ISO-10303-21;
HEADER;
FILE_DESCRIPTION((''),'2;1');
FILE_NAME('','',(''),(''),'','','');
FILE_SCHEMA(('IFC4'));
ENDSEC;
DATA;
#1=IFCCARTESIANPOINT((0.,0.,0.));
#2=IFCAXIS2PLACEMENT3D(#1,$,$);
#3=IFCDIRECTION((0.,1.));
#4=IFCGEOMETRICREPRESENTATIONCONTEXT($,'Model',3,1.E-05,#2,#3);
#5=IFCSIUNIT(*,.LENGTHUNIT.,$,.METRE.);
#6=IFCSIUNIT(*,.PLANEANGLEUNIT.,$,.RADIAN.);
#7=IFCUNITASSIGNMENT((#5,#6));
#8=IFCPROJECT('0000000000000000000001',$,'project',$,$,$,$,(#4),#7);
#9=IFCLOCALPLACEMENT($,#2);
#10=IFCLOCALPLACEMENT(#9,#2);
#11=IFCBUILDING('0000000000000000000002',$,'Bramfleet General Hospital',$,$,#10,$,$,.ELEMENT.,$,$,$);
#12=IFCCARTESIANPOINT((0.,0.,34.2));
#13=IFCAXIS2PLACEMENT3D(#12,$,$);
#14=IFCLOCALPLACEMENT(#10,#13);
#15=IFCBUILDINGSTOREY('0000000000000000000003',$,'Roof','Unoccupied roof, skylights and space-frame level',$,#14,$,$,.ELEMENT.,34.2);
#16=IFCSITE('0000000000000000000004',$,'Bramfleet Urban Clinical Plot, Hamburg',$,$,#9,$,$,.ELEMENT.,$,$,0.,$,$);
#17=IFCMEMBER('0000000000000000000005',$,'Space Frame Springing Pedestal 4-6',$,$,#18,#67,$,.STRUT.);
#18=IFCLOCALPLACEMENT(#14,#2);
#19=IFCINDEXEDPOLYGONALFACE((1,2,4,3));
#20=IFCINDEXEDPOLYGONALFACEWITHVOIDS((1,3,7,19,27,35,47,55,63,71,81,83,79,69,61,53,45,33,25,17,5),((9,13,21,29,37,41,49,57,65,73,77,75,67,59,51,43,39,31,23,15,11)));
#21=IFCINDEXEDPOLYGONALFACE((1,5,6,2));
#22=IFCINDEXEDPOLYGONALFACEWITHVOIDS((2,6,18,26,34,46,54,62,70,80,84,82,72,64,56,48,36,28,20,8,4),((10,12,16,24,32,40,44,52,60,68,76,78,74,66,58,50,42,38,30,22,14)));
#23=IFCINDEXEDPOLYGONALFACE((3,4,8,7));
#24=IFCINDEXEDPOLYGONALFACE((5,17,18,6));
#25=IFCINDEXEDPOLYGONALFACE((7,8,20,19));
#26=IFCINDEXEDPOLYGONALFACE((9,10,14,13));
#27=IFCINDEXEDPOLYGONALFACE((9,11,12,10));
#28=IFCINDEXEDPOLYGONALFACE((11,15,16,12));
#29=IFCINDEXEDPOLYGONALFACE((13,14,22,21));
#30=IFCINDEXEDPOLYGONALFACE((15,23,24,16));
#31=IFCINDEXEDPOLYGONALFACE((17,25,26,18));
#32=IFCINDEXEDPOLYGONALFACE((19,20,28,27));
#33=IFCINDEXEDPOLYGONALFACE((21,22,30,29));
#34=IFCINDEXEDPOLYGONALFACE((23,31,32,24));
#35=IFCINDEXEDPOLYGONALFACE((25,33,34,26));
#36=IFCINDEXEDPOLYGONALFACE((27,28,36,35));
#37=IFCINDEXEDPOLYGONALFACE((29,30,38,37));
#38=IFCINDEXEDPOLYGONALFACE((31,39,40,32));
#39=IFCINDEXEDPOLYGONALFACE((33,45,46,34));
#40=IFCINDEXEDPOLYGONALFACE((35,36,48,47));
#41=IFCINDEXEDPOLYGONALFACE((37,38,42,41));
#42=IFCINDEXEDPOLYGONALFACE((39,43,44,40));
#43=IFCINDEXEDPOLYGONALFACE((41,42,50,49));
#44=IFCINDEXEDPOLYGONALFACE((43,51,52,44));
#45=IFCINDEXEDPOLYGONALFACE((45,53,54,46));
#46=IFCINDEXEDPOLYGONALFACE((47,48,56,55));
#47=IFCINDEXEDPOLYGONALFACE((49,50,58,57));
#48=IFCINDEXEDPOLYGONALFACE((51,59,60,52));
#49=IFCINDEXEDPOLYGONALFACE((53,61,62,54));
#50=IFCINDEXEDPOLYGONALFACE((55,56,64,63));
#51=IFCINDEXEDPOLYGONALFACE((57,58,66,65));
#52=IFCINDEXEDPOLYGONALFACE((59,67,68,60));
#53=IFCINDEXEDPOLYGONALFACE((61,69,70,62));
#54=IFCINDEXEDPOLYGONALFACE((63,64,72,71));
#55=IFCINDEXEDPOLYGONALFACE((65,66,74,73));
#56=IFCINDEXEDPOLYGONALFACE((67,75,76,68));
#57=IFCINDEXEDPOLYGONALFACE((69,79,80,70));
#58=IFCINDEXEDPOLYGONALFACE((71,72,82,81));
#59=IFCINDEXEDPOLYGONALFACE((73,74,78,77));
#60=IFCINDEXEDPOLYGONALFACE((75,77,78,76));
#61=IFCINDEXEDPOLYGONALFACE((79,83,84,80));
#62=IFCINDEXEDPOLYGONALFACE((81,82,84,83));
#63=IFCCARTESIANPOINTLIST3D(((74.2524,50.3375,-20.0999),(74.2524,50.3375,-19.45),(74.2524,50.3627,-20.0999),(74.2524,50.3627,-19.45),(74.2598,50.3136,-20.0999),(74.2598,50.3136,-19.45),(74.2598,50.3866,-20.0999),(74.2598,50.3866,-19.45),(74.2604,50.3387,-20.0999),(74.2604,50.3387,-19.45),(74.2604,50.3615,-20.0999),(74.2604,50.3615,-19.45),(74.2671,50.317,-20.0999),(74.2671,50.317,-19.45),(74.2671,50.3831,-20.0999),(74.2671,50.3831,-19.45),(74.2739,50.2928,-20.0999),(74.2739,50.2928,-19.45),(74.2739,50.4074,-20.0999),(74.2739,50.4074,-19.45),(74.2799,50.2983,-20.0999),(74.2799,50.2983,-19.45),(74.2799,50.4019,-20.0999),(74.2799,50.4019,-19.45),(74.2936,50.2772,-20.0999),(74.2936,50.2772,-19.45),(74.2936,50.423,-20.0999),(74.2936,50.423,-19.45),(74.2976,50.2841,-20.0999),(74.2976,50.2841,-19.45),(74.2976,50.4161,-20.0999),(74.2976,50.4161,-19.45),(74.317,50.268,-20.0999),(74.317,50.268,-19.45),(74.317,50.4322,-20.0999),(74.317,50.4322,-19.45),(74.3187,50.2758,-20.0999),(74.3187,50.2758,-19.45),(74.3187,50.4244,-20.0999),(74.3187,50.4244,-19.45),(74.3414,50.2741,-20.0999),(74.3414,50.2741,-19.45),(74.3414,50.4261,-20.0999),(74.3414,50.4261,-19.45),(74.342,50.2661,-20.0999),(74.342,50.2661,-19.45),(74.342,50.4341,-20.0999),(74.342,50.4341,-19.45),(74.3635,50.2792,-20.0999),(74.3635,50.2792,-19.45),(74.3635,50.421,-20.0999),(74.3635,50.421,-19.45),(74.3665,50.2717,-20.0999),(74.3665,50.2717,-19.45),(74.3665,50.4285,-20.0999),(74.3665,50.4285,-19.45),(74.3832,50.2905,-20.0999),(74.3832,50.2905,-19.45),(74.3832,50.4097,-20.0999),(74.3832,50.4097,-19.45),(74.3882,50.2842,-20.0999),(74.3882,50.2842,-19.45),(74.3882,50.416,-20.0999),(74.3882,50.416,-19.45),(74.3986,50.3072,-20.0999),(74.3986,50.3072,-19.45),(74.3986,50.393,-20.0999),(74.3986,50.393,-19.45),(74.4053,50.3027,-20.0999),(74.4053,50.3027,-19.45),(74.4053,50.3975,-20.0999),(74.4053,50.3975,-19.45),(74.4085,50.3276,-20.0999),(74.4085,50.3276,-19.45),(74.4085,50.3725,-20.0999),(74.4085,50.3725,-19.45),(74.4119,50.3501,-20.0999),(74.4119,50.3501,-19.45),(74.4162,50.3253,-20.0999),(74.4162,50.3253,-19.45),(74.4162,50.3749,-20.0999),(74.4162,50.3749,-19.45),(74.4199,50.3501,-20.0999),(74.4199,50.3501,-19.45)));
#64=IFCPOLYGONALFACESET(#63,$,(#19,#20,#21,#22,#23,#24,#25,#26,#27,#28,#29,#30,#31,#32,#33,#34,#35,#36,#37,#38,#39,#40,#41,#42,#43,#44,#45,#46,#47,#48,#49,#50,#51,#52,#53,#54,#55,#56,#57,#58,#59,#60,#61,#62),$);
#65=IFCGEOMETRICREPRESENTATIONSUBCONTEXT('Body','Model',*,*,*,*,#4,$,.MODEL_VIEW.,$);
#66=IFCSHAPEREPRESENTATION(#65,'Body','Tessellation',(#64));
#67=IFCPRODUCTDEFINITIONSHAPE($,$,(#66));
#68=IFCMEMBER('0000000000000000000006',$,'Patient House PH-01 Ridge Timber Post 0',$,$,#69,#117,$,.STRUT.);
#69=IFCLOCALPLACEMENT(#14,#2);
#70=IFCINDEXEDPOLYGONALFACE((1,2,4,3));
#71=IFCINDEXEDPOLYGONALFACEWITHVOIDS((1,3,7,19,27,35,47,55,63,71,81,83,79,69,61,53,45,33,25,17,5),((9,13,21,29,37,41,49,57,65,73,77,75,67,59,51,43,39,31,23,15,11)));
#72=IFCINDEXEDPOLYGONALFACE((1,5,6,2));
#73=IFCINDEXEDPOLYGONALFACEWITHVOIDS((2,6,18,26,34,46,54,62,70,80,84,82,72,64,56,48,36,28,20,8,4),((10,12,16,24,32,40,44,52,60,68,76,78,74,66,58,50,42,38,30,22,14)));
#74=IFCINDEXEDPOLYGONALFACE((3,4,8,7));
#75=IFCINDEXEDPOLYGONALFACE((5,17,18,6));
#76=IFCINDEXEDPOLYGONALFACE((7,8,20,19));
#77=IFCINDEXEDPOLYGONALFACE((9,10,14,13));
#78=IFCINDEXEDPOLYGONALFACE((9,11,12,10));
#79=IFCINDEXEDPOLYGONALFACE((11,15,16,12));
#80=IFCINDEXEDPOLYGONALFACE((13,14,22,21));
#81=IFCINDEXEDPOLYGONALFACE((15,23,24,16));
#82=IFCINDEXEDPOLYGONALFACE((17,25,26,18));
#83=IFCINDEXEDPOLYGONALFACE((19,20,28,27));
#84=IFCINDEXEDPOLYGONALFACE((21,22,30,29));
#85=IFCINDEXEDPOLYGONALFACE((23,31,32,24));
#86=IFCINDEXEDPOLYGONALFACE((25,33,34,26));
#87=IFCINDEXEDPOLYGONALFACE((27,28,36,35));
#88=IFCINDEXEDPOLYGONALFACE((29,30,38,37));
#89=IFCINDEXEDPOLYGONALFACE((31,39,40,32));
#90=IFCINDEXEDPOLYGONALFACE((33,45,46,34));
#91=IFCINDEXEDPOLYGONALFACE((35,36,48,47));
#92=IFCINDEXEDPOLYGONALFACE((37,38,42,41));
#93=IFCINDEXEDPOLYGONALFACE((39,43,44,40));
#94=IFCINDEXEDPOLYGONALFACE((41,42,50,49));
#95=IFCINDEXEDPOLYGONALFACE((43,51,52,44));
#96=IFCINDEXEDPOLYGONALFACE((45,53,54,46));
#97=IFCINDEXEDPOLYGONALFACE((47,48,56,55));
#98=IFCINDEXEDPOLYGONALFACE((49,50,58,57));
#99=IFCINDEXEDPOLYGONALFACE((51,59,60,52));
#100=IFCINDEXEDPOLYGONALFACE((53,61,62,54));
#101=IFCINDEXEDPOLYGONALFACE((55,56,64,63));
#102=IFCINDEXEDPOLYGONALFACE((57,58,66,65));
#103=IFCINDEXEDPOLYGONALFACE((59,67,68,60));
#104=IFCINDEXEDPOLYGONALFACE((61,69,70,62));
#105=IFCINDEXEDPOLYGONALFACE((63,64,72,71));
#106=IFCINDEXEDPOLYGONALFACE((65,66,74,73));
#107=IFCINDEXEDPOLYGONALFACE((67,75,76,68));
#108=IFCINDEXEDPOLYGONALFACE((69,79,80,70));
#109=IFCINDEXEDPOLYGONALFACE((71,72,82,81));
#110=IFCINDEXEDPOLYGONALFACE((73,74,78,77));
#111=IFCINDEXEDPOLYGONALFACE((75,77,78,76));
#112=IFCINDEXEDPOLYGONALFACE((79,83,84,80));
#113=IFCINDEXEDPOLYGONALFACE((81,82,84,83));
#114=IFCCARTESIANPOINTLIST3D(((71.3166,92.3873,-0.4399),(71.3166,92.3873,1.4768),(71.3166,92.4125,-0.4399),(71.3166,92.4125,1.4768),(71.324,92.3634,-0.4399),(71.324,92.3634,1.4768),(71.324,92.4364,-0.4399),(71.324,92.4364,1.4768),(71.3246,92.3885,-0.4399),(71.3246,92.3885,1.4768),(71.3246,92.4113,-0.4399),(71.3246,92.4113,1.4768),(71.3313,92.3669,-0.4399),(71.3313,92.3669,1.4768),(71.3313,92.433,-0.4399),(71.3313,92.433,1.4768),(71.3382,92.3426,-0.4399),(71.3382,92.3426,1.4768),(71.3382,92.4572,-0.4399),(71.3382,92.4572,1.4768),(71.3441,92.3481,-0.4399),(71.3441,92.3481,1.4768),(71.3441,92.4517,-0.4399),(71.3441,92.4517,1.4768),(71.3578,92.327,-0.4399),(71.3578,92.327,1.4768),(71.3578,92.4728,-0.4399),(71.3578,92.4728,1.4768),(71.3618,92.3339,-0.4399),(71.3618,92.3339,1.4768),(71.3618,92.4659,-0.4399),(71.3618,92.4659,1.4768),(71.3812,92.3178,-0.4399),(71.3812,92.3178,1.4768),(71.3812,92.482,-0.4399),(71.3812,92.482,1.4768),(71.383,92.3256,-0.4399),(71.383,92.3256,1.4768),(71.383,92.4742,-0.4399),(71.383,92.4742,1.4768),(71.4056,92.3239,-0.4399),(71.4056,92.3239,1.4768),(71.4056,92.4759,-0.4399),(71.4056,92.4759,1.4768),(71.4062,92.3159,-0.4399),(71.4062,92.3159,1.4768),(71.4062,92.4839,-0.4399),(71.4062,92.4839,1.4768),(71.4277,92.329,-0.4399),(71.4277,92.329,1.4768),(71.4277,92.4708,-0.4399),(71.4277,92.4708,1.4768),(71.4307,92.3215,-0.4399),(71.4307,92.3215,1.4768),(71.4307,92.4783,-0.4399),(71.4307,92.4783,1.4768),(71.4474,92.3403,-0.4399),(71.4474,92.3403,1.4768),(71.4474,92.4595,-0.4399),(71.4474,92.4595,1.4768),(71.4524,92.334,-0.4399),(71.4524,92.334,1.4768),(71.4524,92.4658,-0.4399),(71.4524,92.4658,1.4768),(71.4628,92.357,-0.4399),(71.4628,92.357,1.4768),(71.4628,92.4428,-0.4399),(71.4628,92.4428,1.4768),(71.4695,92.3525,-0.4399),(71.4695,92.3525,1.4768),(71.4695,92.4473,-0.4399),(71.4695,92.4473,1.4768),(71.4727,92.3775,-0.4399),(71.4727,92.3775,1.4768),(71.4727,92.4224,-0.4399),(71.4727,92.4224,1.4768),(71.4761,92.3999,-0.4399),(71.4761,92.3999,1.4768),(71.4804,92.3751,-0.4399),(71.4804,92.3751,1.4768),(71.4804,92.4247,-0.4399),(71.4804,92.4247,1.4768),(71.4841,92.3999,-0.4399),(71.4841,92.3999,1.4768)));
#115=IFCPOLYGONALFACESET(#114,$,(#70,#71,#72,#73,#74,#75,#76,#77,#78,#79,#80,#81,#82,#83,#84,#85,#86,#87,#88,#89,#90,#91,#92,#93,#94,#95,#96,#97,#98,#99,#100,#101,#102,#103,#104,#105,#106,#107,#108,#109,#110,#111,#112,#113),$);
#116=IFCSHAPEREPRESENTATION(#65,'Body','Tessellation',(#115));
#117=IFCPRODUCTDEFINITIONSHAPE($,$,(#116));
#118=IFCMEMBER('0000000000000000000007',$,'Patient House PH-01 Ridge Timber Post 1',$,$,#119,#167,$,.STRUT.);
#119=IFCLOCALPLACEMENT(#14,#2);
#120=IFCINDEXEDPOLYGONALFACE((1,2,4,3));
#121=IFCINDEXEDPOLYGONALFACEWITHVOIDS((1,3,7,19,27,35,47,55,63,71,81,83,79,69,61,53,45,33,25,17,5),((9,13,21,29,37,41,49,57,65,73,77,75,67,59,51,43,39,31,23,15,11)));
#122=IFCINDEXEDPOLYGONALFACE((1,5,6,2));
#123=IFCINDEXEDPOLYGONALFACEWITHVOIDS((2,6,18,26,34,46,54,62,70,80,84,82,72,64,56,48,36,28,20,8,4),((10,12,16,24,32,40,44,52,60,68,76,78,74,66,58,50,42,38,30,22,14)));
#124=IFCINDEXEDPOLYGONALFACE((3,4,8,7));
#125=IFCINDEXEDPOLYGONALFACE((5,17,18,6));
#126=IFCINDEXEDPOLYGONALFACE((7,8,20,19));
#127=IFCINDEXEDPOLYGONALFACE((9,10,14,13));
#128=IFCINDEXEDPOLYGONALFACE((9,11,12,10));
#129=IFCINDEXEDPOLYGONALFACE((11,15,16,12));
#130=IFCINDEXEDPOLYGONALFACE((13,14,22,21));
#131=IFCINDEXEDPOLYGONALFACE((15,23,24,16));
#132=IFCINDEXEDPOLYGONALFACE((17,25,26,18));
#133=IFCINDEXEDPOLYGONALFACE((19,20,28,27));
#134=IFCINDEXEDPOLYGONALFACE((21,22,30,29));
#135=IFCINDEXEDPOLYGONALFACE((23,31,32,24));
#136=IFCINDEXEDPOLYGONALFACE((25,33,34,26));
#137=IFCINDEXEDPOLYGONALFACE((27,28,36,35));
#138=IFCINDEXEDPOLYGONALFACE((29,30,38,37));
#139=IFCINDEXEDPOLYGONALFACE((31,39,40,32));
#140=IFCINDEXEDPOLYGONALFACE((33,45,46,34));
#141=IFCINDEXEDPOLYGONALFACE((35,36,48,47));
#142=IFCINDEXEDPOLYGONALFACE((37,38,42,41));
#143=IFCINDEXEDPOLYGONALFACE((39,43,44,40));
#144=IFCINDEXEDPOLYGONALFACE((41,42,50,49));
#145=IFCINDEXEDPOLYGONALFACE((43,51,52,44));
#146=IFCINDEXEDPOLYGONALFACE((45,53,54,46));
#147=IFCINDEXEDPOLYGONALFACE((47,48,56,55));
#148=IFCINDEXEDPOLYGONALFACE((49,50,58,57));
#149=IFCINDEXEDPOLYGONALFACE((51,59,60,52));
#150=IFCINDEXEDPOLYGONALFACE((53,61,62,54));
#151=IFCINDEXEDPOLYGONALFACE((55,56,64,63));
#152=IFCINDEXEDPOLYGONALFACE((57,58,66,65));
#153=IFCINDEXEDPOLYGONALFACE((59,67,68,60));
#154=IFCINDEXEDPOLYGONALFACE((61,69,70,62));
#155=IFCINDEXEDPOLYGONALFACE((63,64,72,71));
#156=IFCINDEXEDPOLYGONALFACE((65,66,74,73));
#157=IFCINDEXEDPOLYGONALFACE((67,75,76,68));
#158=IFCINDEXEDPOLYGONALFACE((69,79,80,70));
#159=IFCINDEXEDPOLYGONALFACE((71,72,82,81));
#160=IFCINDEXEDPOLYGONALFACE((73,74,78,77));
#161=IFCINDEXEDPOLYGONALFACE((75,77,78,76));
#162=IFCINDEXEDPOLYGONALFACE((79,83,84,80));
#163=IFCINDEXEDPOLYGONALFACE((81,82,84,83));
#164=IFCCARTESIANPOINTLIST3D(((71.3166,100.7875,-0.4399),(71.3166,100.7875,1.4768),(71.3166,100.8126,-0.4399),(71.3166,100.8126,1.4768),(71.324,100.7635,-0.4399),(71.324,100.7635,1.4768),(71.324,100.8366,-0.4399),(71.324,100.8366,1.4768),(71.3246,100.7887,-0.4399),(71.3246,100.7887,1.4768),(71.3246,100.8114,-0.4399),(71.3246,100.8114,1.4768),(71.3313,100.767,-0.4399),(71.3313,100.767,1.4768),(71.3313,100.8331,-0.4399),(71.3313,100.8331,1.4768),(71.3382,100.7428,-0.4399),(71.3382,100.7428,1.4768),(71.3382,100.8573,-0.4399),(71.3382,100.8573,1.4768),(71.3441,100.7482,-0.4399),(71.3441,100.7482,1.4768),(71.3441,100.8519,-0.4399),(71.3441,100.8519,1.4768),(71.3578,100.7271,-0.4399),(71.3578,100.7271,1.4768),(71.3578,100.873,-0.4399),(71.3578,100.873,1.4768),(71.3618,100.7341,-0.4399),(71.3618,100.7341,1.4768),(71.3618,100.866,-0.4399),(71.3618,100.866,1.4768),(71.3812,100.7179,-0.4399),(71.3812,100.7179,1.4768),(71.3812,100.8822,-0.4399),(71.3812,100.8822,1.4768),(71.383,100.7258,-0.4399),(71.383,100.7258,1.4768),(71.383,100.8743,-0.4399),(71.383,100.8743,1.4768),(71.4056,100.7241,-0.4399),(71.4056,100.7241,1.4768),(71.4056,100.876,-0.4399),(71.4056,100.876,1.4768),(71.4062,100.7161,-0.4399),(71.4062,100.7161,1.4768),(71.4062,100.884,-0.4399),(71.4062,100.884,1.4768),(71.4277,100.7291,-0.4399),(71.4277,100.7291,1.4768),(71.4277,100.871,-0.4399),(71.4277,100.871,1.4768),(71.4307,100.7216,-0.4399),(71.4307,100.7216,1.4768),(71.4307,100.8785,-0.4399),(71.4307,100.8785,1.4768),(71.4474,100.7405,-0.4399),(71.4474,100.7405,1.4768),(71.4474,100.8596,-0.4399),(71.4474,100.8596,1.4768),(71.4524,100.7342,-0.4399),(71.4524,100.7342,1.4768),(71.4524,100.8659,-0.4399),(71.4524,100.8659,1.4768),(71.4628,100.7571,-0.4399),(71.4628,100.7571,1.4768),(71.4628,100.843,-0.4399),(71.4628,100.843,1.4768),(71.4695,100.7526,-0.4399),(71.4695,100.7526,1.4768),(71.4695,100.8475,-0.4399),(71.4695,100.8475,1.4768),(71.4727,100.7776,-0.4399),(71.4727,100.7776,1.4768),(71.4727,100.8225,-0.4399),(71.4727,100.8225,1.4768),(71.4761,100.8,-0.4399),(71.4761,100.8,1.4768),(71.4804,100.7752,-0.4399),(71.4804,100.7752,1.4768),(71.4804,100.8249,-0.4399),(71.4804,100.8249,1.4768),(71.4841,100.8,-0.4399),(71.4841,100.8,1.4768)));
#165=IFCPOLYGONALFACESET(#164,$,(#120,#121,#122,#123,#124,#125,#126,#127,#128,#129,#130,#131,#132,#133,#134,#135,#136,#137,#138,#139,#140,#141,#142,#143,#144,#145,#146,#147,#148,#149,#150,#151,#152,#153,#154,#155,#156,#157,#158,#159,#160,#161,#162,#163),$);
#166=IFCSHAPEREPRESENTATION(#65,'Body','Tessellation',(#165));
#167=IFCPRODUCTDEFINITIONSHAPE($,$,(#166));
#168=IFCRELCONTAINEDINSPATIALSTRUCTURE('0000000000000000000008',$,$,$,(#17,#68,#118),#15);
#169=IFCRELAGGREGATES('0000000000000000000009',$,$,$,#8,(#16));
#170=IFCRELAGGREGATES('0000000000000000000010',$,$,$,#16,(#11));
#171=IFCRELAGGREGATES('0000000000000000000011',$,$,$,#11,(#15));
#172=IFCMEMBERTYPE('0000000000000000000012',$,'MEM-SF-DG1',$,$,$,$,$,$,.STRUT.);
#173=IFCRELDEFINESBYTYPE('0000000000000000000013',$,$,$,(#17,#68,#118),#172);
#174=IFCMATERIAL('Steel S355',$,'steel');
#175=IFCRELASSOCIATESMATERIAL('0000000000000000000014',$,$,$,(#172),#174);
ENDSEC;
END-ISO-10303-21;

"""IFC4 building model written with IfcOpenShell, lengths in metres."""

from ifc_helpers import new_model, si_unit, direction, frame, origin, origin_2d, place, context, subcontext, project, spatial, hollow_circle, extrude, material, material_profile, profile_set, type_object, element, save


model = new_model("IFC4")

# Units and contexts
model_context = context("Model", 3, precision=1e-05, world=origin(), true_north=direction((0.0, 1.0)))
body_context = subcontext(model_context, "Body", "Model", "MODEL_VIEW")
ifc_project = project(units=[si_unit("LENGTHUNIT", "METRE"), si_unit("PLANEANGLEUNIT", "RADIAN")], contexts=[model_context])

# Site, building, storey
site_placement = place(None, origin())
site = spatial("IfcSite", under=ifc_project, at=site_placement, Name="Bramfleet Urban Clinical Plot, Hamburg", CompositionType="ELEMENT", RefElevation=0.0)
building_placement = place(site_placement, origin())
building = spatial("IfcBuilding", under=site, at=building_placement, Name="Bramfleet General Hospital", CompositionType="ELEMENT")
storey_placement = place(building_placement, frame((0.0, 0.0, 34.2)))
storey = spatial("IfcBuildingStorey", under=building, at=storey_placement, Name="Roof", Description="Unoccupied roof, skylights and space-frame level", CompositionType="ELEMENT", Elevation=34.2)

# Members
ifc_material_1 = material(Name="Steel S355", Category="steel")
ifc_material_profile_1 = material_profile(ifc_material_1, hollow_circle(Radius=0.0842, WallThickness=0.0081, at=origin_2d()), Name="CHS 168.3x8.0")
ifc_profile_set_1 = profile_set([ifc_material_profile_1], Name="Steel S355")
member_type_1 = type_object("IfcMemberType", Name="MEM-SF-DG1", PredefinedType="STRUT", material=ifc_profile_set_1)
for number, where, z_axis, x_axis, name in (
    (1, (74.3357, 50.3501, -20.0999), (0.0, 0.0, 1.0), (1.0, 0.0, 0.0), "Space Frame Springing Pedestal 4-6"),
):
    element("IfcMember", number, at=place(storey_placement, frame(where, z_axis=z_axis, x_axis=x_axis)), inside=storey, type_object=member_type_1, Name=name, PredefinedType="STRUT", context=body_context, shape_type="SweptSolid", body=[
        extrude(hollow_circle(Radius=0.0842, WallThickness=0.0081, at=origin_2d()), origin(), (0.0, 0.0, 1.0), 0.6499),
    ])
for number, where, z_axis, x_axis, name in (
    (2, (71.3999, 92.3999, -0.4399), (0.0, 0.0, 1.0), (1.0, 0.0, 0.0), "Patient House PH-01 Ridge Timber Post 0"),
    (3, (71.3999, 100.8, -0.4399), (0.0, 0.0, 1.0), (1.0, 0.0, 0.0), "Patient House PH-01 Ridge Timber Post 1"),
):
    element("IfcMember", number, at=place(storey_placement, frame(where, z_axis=z_axis, x_axis=x_axis)), inside=storey, type_object=member_type_1, Name=name, PredefinedType="STRUT", context=body_context, shape_type="SweptSolid", body=[
        extrude(hollow_circle(Radius=0.0842, WallThickness=0.0081, at=origin_2d()), origin(), (0.0, 0.0, 1.0), 1.9167),
    ])

save(model, "model.ifc")
